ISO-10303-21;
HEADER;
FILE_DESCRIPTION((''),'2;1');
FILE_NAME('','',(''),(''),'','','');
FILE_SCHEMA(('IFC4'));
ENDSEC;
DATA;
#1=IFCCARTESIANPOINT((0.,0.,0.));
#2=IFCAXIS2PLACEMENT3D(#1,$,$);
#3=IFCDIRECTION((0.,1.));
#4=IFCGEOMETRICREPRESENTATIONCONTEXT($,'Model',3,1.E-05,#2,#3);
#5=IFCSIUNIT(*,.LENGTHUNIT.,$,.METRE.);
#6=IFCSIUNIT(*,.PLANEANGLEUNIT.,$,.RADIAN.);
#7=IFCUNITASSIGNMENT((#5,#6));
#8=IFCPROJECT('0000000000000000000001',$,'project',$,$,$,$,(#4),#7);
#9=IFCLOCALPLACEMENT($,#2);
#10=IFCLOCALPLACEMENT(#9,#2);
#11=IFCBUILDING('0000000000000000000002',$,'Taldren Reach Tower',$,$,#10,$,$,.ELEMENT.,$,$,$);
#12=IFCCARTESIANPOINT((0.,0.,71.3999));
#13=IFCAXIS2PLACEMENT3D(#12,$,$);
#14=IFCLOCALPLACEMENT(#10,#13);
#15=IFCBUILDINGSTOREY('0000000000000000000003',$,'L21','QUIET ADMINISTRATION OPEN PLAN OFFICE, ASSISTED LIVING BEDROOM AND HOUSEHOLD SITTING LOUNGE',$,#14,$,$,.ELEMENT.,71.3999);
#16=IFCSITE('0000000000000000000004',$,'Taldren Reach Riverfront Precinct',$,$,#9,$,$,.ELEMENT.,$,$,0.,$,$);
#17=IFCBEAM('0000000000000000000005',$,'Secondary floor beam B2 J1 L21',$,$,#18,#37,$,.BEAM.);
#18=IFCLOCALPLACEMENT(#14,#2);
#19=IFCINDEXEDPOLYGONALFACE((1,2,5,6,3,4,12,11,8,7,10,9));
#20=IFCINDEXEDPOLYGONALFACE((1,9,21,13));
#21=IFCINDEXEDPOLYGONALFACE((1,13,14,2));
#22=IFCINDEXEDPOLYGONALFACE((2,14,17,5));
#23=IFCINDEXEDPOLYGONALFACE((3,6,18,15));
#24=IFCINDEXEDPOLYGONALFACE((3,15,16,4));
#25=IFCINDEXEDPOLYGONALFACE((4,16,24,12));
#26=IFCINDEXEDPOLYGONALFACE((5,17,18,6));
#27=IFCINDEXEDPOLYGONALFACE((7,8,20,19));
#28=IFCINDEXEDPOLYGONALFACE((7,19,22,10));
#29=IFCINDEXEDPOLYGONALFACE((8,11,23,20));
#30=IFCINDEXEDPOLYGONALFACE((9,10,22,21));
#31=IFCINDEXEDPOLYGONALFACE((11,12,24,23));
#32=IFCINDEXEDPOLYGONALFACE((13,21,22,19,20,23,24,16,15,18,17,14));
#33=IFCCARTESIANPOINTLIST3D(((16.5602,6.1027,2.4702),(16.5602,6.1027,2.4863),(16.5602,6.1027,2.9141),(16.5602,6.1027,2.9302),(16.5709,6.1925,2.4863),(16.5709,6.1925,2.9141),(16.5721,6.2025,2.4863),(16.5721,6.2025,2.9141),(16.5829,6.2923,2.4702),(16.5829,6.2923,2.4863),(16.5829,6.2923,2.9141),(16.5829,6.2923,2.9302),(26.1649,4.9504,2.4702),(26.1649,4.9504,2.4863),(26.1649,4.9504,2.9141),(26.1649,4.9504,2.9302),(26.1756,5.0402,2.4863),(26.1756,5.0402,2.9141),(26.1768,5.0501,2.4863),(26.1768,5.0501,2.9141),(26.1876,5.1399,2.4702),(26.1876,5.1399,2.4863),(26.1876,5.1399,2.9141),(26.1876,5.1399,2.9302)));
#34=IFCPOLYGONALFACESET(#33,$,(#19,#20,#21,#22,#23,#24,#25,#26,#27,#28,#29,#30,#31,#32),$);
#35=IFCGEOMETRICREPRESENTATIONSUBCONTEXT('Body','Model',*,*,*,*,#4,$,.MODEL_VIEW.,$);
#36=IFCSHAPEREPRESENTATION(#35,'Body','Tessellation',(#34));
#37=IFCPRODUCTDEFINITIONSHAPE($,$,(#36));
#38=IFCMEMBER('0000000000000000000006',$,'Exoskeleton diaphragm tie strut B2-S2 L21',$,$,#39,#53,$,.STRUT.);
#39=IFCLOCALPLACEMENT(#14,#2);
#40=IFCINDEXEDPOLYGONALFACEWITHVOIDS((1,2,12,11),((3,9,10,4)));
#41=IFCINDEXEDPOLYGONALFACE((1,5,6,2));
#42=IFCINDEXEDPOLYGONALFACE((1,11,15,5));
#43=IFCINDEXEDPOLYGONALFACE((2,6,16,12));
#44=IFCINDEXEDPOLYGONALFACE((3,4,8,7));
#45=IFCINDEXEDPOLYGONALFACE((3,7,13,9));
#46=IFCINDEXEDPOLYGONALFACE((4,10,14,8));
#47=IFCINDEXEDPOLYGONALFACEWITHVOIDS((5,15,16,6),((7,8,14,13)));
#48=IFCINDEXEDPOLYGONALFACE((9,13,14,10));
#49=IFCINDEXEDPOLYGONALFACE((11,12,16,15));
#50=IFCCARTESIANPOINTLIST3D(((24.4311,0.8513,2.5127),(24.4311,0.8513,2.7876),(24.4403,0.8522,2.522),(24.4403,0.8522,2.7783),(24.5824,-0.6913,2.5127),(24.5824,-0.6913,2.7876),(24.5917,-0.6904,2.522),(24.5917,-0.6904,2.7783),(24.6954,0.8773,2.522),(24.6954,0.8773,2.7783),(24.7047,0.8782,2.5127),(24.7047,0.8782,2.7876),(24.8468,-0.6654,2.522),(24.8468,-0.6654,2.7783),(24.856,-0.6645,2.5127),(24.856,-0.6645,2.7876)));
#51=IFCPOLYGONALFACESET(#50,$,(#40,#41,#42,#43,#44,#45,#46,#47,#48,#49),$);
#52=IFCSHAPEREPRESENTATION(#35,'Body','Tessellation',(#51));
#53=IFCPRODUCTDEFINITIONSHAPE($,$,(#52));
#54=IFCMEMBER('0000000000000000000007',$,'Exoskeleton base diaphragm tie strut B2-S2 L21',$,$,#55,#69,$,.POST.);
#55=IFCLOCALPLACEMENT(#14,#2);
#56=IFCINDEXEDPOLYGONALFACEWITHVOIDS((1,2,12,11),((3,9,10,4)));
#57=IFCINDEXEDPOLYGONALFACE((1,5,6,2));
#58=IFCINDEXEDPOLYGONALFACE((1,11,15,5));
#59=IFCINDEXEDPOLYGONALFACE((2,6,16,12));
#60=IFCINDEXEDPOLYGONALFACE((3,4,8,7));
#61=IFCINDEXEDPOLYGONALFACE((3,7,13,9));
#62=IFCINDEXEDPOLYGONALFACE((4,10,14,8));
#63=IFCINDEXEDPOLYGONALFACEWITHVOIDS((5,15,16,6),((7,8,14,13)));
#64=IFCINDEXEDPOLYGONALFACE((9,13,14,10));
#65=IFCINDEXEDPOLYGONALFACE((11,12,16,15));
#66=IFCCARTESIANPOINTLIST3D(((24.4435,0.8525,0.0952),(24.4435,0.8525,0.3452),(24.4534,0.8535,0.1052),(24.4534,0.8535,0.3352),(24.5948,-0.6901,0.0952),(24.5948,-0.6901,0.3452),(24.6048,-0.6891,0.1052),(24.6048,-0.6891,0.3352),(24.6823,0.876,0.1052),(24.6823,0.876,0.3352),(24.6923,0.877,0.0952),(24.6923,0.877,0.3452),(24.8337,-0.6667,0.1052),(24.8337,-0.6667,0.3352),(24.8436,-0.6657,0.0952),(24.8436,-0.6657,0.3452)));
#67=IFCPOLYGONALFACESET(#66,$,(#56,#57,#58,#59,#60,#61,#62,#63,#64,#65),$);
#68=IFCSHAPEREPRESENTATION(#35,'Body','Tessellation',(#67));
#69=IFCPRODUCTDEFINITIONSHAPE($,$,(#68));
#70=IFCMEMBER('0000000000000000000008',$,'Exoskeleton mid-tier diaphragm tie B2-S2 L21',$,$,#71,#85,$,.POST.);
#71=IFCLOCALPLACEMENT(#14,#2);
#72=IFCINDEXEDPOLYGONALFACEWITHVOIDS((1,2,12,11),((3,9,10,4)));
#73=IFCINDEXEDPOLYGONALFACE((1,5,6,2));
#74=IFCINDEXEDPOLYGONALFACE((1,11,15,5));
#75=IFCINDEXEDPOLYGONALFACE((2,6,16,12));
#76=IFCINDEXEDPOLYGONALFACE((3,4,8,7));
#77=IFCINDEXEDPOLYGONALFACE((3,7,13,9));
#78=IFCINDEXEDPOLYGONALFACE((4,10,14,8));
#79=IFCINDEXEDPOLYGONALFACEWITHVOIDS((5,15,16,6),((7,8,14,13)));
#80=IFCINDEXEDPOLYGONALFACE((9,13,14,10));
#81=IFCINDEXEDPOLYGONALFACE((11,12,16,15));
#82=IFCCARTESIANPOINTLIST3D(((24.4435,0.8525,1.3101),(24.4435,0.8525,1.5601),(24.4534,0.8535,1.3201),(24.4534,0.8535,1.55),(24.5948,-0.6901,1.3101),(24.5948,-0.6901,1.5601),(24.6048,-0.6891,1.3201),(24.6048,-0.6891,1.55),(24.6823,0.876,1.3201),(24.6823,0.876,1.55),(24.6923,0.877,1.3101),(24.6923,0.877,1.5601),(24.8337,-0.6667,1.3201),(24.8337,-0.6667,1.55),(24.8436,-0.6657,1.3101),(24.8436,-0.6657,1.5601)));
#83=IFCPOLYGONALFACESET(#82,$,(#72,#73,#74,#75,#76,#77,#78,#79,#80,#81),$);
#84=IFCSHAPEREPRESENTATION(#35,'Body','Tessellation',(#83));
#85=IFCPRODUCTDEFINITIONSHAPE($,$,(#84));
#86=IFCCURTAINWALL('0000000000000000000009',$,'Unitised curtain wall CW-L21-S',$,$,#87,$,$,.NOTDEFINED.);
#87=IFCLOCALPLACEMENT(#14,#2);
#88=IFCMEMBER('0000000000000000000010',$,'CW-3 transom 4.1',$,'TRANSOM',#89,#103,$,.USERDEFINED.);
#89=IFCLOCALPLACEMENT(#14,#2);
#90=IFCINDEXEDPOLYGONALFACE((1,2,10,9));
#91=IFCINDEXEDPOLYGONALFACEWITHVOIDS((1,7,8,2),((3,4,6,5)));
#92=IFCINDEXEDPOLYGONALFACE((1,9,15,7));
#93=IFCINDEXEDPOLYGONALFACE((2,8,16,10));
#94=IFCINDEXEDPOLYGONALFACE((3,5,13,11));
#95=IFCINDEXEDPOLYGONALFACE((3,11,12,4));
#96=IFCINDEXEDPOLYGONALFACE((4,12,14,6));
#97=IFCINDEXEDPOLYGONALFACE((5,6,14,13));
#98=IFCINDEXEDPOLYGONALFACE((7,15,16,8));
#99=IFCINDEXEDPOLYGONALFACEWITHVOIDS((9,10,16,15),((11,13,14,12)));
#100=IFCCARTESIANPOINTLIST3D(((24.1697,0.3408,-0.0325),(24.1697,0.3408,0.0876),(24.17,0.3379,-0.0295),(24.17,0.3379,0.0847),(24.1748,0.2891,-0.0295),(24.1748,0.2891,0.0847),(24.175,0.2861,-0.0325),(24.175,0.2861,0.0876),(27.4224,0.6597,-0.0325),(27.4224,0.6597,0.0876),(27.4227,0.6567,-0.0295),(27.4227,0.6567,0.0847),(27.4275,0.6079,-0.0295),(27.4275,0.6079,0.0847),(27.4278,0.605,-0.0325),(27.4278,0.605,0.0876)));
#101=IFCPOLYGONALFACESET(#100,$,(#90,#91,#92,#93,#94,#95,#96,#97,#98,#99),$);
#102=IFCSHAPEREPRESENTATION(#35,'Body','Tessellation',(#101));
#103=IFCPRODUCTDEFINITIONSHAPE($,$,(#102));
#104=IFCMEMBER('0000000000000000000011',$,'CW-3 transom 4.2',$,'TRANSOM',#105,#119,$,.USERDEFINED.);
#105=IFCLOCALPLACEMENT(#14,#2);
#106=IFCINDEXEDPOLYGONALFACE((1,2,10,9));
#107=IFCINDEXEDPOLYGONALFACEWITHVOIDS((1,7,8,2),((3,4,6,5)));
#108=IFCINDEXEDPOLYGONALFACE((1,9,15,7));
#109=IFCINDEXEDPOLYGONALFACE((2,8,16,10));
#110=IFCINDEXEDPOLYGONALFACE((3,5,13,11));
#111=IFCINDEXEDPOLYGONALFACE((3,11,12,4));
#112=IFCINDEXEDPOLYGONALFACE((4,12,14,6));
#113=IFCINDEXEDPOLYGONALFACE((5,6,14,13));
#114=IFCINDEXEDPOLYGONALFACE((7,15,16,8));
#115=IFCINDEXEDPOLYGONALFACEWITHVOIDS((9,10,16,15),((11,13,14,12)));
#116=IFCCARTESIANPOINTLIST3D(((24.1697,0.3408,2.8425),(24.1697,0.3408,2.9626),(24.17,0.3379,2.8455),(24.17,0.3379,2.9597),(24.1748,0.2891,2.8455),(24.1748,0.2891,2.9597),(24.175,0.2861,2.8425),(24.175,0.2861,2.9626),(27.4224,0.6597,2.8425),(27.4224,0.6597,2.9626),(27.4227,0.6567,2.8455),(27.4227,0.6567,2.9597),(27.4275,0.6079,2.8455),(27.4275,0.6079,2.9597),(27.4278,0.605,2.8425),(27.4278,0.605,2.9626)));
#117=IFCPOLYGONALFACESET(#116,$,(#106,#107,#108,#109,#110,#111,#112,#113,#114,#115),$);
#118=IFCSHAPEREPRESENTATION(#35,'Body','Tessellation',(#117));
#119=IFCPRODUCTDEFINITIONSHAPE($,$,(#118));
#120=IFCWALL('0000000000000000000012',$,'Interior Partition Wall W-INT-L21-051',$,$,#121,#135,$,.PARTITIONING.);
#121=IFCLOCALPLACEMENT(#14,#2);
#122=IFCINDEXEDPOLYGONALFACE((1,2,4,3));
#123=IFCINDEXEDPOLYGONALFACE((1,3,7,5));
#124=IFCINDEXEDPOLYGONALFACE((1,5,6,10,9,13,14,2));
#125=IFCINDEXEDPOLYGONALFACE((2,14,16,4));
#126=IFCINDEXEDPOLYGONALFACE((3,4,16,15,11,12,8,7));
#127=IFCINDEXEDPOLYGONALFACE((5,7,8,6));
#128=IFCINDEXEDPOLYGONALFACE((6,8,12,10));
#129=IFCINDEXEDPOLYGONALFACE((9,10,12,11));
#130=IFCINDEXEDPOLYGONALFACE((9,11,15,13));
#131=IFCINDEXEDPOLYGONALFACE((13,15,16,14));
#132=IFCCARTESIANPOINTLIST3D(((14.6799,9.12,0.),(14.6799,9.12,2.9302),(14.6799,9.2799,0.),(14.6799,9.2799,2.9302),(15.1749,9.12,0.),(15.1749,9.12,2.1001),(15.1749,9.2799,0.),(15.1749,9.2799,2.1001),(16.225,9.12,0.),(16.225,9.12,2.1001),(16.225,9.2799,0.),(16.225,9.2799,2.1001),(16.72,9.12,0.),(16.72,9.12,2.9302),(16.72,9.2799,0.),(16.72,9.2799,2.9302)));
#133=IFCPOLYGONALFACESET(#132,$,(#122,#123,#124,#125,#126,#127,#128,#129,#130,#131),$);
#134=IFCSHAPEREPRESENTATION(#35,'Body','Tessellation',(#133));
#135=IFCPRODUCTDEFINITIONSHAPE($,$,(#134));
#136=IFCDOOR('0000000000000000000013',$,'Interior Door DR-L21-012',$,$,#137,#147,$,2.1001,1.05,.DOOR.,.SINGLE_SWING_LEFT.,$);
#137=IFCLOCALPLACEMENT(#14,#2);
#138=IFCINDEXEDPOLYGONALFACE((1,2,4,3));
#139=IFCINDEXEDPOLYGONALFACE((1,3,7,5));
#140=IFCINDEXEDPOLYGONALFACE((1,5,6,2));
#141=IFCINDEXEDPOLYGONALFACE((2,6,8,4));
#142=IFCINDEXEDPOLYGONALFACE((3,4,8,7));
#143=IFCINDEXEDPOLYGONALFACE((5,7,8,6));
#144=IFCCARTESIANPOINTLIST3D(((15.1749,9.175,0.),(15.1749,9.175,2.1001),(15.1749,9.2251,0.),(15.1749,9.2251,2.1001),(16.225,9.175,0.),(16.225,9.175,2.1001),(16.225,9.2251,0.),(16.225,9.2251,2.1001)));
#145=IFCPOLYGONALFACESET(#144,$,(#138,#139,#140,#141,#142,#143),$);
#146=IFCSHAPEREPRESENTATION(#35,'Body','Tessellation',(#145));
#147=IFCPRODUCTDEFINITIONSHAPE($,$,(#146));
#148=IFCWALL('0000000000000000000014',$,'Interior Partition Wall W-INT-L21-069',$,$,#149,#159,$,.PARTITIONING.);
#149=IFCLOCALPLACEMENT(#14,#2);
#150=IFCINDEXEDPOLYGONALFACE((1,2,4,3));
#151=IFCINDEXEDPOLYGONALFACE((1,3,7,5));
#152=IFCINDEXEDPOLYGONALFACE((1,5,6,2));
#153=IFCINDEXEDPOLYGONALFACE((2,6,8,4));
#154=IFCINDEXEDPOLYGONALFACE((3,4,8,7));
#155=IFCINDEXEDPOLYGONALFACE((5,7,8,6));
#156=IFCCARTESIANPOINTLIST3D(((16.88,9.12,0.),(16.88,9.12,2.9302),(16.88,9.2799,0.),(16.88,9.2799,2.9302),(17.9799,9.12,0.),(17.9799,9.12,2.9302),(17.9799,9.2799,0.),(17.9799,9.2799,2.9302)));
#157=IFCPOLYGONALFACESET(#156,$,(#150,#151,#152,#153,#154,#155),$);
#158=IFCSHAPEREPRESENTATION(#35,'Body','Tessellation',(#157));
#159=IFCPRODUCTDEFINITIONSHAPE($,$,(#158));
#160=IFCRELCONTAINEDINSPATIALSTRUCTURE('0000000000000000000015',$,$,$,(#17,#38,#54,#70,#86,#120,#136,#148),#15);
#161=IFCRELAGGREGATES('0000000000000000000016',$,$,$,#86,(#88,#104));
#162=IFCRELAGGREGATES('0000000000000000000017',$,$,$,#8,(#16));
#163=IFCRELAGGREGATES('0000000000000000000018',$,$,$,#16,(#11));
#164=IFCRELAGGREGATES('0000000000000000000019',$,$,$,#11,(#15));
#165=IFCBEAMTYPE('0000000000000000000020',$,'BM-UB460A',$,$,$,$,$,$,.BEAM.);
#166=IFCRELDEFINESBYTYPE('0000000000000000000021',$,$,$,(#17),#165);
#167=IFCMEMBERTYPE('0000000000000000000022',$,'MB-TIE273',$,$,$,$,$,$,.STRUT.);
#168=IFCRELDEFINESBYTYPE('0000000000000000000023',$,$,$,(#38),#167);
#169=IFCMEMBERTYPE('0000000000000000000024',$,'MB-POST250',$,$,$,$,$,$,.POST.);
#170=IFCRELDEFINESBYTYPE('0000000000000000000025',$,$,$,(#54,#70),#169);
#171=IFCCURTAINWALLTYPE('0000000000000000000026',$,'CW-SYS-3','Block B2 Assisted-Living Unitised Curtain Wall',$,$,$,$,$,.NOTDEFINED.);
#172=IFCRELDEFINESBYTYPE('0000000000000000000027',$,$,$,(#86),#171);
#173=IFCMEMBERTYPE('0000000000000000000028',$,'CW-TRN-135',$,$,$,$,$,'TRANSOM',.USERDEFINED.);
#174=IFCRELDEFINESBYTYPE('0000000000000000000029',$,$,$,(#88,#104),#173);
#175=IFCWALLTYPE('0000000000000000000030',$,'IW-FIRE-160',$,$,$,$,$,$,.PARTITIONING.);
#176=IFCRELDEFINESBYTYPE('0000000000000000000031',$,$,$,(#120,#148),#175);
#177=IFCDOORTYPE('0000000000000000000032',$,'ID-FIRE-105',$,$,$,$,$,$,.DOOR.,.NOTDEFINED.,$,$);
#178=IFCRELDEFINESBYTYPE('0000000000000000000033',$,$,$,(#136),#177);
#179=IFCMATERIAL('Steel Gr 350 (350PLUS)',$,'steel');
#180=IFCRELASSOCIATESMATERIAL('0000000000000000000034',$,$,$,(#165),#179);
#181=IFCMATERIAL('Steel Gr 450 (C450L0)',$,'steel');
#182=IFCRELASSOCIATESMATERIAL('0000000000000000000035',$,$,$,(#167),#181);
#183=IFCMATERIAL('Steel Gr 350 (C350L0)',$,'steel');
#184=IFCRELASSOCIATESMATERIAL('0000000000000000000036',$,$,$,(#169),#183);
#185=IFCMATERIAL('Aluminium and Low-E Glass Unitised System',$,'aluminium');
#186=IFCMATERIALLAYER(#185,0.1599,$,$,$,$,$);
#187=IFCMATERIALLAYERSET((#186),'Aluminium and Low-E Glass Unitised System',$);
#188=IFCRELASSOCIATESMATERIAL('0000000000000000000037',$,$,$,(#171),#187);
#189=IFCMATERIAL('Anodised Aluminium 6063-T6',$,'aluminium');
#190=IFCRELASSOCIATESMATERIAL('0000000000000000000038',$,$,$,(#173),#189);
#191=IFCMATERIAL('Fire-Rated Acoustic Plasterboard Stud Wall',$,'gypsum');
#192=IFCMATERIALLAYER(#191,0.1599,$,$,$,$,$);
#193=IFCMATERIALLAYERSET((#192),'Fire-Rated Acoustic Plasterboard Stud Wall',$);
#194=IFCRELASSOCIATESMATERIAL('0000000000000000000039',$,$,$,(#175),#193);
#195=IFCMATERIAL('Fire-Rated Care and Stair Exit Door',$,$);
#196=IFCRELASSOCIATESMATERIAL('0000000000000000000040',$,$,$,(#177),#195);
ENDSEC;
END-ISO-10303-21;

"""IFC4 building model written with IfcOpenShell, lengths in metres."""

from ifc_helpers import new_model, si_unit, direction, frame, frame_2d, origin, origin_2d, place, context, subcontext, project, spatial, rectangle, hollow_rectangle, i_section, extrude, source, transform, mapped, material, layer, layer_set, material_profile, profile_set, type_object, element, fill, aggregate, save


model = new_model("IFC4")

# Units and contexts
model_context = context("Model", 3, precision=1e-05, world=origin(), true_north=direction((0.0, 1.0)))
body_context = subcontext(model_context, "Body", "Model", "MODEL_VIEW")
ifc_project = project(units=[si_unit("LENGTHUNIT", "METRE"), si_unit("PLANEANGLEUNIT", "RADIAN")], contexts=[model_context])

# Site, building, storey
site_placement = place(None, origin())
site = spatial("IfcSite", under=ifc_project, at=site_placement, Name="Taldren Reach Riverfront Precinct", CompositionType="ELEMENT", RefElevation=0.0)
building_placement = place(site_placement, origin())
building = spatial("IfcBuilding", under=site, at=building_placement, Name="Taldren Reach Tower", CompositionType="ELEMENT")
storey_placement = place(building_placement, frame((0.0, 0.0, 71.3999)))
storey = spatial("IfcBuildingStorey", under=building, at=storey_placement, Name="L21", Description="QUIET ADMINISTRATION OPEN PLAN OFFICE, ASSISTED LIVING BEDROOM AND HOUSEHOLD SITTING LOUNGE", CompositionType="ELEMENT", Elevation=71.3999)

# Shared definitions
ifc_material_1 = material(Name="Steel Gr 350 (350PLUS)", Category="steel")

# Beam
ifc_material_profile_1 = material_profile(ifc_material_1, i_section(OverallWidth=0.1909, OverallDepth=0.46, WebThickness=0.01, FlangeThickness=0.0161, at=origin_2d()), Name="460UB82.1")
ifc_profile_set_1 = profile_set([ifc_material_profile_1], Name="Steel Gr 350 (350PLUS)")
beam_type_1 = type_object("IfcBeamType", Name="BM-UB460A", PredefinedType="BEAM", material=ifc_profile_set_1)
shared_shape_1 = source(origin(), body_context, "Body", "SweptSolid", [
    extrude(i_section(OverallWidth=0.1909, OverallDepth=0.46, WebThickness=0.01, FlangeThickness=0.0161, at=origin_2d()), origin(), (0.0, 0.0, 1.0), 9.6736),
])
beam_1_placement = place(storey_placement, frame((16.5715, 6.1975, 2.7002), z_axis=(0.99288, -0.119122, 0.0), x_axis=(0.119122, 0.99288, 0.0)))
element("IfcBeam", 1, at=beam_1_placement, inside=storey, type_object=beam_type_1, Name="Secondary floor beam B2 J1 L21", PredefinedType="BEAM", context=body_context, shape_type="MappedRepresentation", body=[
    mapped(shared_shape_1, transform((0.0, 0.0, 0.0), scale=1.0)),
])

# Members
ifc_material_2 = material(Name="Steel Gr 450 (C450L0)", Category="steel")
ifc_material_profile_2 = material_profile(ifc_material_2, hollow_rectangle(XDim=0.2749, YDim=0.2749, WallThickness=0.0093, at=origin_2d()), Name="275x275x9.3SHS")
ifc_profile_set_2 = profile_set([ifc_material_profile_2], Name="Steel Gr 450 (C450L0)")
member_type_1 = type_object("IfcMemberType", Name="MB-TIE273", PredefinedType="STRUT", material=ifc_profile_set_2)
shared_shape_2 = source(origin(), body_context, "Body", "SweptSolid", [
    extrude(hollow_rectangle(XDim=0.2749, YDim=0.2749, WallThickness=0.0093, at=origin_2d()), origin(), (0.0, 0.0, 1.0), 1.55),
])
member_1_placement = place(storey_placement, frame((24.5679, 0.8647, 2.6501), z_axis=(0.097648, -0.995221, 0.0), x_axis=(0.995221, 0.097648, 0.0)))
element("IfcMember", 2, at=member_1_placement, inside=storey, type_object=member_type_1, Name="Exoskeleton diaphragm tie strut B2-S2 L21", PredefinedType="STRUT", context=body_context, shape_type="MappedRepresentation", body=[
    mapped(shared_shape_2, transform((0.0, 0.0, 0.0), scale=1.0)),
])
ifc_material_3 = material(Name="Steel Gr 350 (C350L0)", Category="steel")
ifc_material_profile_3 = material_profile(ifc_material_3, hollow_rectangle(XDim=0.25, YDim=0.25, WallThickness=0.01, at=origin_2d()), Name="250x250x10.0SHS")
ifc_profile_set_3 = profile_set([ifc_material_profile_3], Name="Steel Gr 350 (C350L0)")
member_type_2 = type_object("IfcMemberType", Name="MB-POST250", PredefinedType="POST", material=ifc_profile_set_3)
shared_shape_3 = source(origin(), body_context, "Body", "SweptSolid", [
    extrude(hollow_rectangle(XDim=0.25, YDim=0.25, WallThickness=0.01, at=origin_2d()), origin(), (0.0, 0.0, 1.0), 1.55),
])
for number, where, z_axis, x_axis, name in (
    (3, (24.5679, 0.8647, 0.2202), (0.097648, -0.995221, 0.0), (0.995221, 0.097648, 0.0), "Exoskeleton base diaphragm tie strut B2-S2 L21"),
    (4, (24.5679, 0.8647, 1.4351), (0.097648, -0.995221, 0.0), (0.995221, 0.097648, 0.0), "Exoskeleton mid-tier diaphragm tie B2-S2 L21"),
):
    element("IfcMember", number, at=place(storey_placement, frame(where, z_axis=z_axis, x_axis=x_axis)), inside=storey, type_object=member_type_2, Name=name, PredefinedType="POST", context=body_context, shape_type="MappedRepresentation", body=[
        mapped(shared_shape_3, transform((0.0, 0.0, 0.0), scale=1.0)),
    ])

# Curtain wall, members
ifc_material_4 = material(Name="Aluminium and Low-E Glass Unitised System", Category="aluminium")
ifc_layer_1 = layer(ifc_material_4, 0.1599)
ifc_layer_set_1 = layer_set([ifc_layer_1], Name="Aluminium and Low-E Glass Unitised System")
curtain_wall_type = type_object("IfcCurtainWallType", Name="CW-SYS-3", Description="Block B2 Assisted-Living Unitised Curtain Wall", PredefinedType="NOTDEFINED", material=ifc_layer_set_1)
curtain_wall_placement = place(storey_placement, origin())
curtain_wall = element("IfcCurtainWall", 5, at=curtain_wall_placement, inside=storey, type_object=curtain_wall_type, Name="Unitised curtain wall CW-L21-S", PredefinedType="NOTDEFINED")
ifc_material_5 = material(Name="Anodised Aluminium 6063-T6", Category="aluminium")
ifc_material_profile_4 = material_profile(ifc_material_5, hollow_rectangle(XDim=0.0549, YDim=0.1201, WallThickness=0.0029, at=origin_2d()), Name="ALU-120x55x3RHS")
ifc_profile_set_4 = profile_set([ifc_material_profile_4], Name="Anodised Aluminium 6063-T6")
member_type_3 = type_object("IfcMemberType", Name="CW-TRN-135", ElementType="TRANSOM", PredefinedType="USERDEFINED", material=ifc_profile_set_4)
shared_shape_4 = source(origin(), body_context, "Body", "SweptSolid", [
    extrude(hollow_rectangle(XDim=0.0549, YDim=0.1201, WallThickness=0.0029, at=origin_2d()), origin(), (0.0, 0.0, 1.0), 3.2683),
])
member_2_placement = place(storey_placement, frame((24.1724, 0.3135, 0.0276), z_axis=(0.99523, 0.097558, 0.0), x_axis=(-0.097558, 0.99523, 0.0)))
member_2 = element("IfcMember", 6, at=member_2_placement, type_object=member_type_3, Name="CW-3 transom 4.1", ObjectType="TRANSOM", PredefinedType="USERDEFINED", context=body_context, shape_type="MappedRepresentation", body=[
    mapped(shared_shape_4, transform((0.0, 0.0, 0.0), scale=1.0)),
])
member_3_placement = place(storey_placement, frame((24.1724, 0.3135, 2.9026), z_axis=(0.99523, 0.097558, 0.0), x_axis=(-0.097558, 0.99523, 0.0)))
member_3 = element("IfcMember", 7, at=member_3_placement, type_object=member_type_3, Name="CW-3 transom 4.2", ObjectType="TRANSOM", PredefinedType="USERDEFINED", context=body_context, shape_type="MappedRepresentation", body=[
    mapped(shared_shape_4, transform((0.0, 0.0, 0.0), scale=1.0)),
])
aggregate(curtain_wall, [member_2, member_3])

# Wall, opening, door
ifc_material_6 = material(Name="Fire-Rated Acoustic Plasterboard Stud Wall", Category="gypsum")
ifc_layer_2 = layer(ifc_material_6, 0.1599)
ifc_layer_set_2 = layer_set([ifc_layer_2], Name="Fire-Rated Acoustic Plasterboard Stud Wall")
wall_type_1 = type_object("IfcWallType", Name="IW-FIRE-160", PredefinedType="PARTITIONING", material=ifc_layer_set_2)
shared_shape_5 = source(origin(), body_context, "Body", "SweptSolid", [
    extrude(rectangle(XDim=2.04, YDim=0.1599, at=frame_2d((1.02, 0.0))), origin(), (0.0, 0.0, 1.0), 2.9302),
])
wall_1_placement = place(storey_placement, frame((16.72, 9.2, 0.0), z_axis=(0.0, 0.0, 1.0), x_axis=(-1.0, 0.0, 0.0)))
wall_1 = element("IfcWall", 8, at=wall_1_placement, inside=storey, type_object=wall_type_1, Name="Interior Partition Wall W-INT-L21-051", PredefinedType="PARTITIONING", context=body_context, shape_type="MappedRepresentation", body=[
    mapped(shared_shape_5, transform((0.0, 0.0, 0.0), scale=1.0)),
])
shared_shape_6 = source(origin(), body_context, "Body", "SweptSolid", [
    extrude(rectangle(XDim=1.05, YDim=2.1001, at=frame_2d((0.5249, 1.05))), frame((0.0, 0.0898, 0.0), z_axis=(0.0, -1.0, 0.0), x_axis=(1.0, 0.0, 0.0)), (0.0, 0.0, 1.0), 0.1799),
])
opening_1_placement = place(wall_1_placement, frame((0.4951, 0.0, 0.0)))
opening_1 = element("IfcOpeningElement", 9, at=opening_1_placement, cuts=wall_1, PredefinedType="OPENING", context=body_context, shape_type="MappedRepresentation", body=[
    mapped(shared_shape_6, transform((0.0, 0.0, 0.0), scale=1.0)),
])
ifc_material_7 = material(Name="Fire-Rated Care and Stair Exit Door")
door_type_1 = type_object("IfcDoorType", Name="ID-FIRE-105", OperationType="NOTDEFINED", PredefinedType="DOOR", material=ifc_material_7)
shared_shape_7 = source(origin(), body_context, "Body", "SweptSolid", [
    extrude(rectangle(XDim=1.05, YDim=2.1001, at=frame_2d((0.5249, 1.05))), frame((0.0, 0.0249, 0.0), z_axis=(0.0, -1.0, 0.0), x_axis=(1.0, 0.0, 0.0)), (0.0, 0.0, 1.0), 0.05),
])
door_1_placement = place(opening_1_placement, origin())
door_1 = element("IfcDoor", 10, at=door_1_placement, inside=storey, type_object=door_type_1, Name="Interior Door DR-L21-012", OperationType="SINGLE_SWING_LEFT", OverallHeight=2.1001, OverallWidth=1.05, PredefinedType="DOOR", context=body_context, shape_type="MappedRepresentation", body=[
    mapped(shared_shape_7, transform((0.0, 0.0, 0.0), scale=1.0)),
])
fill(opening_1, door_1)

# Wall
shared_shape_8 = source(origin(), body_context, "Body", "SweptSolid", [
    extrude(rectangle(XDim=1.0999, YDim=0.1599, at=frame_2d((0.5498, 0.0))), origin(), (0.0, 0.0, 1.0), 2.9302),
])
wall_2_placement = place(storey_placement, frame((17.9797, 9.2, 0.0), z_axis=(0.0, 0.0, 1.0), x_axis=(-1.0, 0.0, 0.0)))
element("IfcWall", 11, at=wall_2_placement, inside=storey, type_object=wall_type_1, Name="Interior Partition Wall W-INT-L21-069", PredefinedType="PARTITIONING", context=body_context, shape_type="MappedRepresentation", body=[
    mapped(shared_shape_8, transform((0.0, 0.0, 0.0), scale=1.0)),
])

save(model, "model.ifc")
